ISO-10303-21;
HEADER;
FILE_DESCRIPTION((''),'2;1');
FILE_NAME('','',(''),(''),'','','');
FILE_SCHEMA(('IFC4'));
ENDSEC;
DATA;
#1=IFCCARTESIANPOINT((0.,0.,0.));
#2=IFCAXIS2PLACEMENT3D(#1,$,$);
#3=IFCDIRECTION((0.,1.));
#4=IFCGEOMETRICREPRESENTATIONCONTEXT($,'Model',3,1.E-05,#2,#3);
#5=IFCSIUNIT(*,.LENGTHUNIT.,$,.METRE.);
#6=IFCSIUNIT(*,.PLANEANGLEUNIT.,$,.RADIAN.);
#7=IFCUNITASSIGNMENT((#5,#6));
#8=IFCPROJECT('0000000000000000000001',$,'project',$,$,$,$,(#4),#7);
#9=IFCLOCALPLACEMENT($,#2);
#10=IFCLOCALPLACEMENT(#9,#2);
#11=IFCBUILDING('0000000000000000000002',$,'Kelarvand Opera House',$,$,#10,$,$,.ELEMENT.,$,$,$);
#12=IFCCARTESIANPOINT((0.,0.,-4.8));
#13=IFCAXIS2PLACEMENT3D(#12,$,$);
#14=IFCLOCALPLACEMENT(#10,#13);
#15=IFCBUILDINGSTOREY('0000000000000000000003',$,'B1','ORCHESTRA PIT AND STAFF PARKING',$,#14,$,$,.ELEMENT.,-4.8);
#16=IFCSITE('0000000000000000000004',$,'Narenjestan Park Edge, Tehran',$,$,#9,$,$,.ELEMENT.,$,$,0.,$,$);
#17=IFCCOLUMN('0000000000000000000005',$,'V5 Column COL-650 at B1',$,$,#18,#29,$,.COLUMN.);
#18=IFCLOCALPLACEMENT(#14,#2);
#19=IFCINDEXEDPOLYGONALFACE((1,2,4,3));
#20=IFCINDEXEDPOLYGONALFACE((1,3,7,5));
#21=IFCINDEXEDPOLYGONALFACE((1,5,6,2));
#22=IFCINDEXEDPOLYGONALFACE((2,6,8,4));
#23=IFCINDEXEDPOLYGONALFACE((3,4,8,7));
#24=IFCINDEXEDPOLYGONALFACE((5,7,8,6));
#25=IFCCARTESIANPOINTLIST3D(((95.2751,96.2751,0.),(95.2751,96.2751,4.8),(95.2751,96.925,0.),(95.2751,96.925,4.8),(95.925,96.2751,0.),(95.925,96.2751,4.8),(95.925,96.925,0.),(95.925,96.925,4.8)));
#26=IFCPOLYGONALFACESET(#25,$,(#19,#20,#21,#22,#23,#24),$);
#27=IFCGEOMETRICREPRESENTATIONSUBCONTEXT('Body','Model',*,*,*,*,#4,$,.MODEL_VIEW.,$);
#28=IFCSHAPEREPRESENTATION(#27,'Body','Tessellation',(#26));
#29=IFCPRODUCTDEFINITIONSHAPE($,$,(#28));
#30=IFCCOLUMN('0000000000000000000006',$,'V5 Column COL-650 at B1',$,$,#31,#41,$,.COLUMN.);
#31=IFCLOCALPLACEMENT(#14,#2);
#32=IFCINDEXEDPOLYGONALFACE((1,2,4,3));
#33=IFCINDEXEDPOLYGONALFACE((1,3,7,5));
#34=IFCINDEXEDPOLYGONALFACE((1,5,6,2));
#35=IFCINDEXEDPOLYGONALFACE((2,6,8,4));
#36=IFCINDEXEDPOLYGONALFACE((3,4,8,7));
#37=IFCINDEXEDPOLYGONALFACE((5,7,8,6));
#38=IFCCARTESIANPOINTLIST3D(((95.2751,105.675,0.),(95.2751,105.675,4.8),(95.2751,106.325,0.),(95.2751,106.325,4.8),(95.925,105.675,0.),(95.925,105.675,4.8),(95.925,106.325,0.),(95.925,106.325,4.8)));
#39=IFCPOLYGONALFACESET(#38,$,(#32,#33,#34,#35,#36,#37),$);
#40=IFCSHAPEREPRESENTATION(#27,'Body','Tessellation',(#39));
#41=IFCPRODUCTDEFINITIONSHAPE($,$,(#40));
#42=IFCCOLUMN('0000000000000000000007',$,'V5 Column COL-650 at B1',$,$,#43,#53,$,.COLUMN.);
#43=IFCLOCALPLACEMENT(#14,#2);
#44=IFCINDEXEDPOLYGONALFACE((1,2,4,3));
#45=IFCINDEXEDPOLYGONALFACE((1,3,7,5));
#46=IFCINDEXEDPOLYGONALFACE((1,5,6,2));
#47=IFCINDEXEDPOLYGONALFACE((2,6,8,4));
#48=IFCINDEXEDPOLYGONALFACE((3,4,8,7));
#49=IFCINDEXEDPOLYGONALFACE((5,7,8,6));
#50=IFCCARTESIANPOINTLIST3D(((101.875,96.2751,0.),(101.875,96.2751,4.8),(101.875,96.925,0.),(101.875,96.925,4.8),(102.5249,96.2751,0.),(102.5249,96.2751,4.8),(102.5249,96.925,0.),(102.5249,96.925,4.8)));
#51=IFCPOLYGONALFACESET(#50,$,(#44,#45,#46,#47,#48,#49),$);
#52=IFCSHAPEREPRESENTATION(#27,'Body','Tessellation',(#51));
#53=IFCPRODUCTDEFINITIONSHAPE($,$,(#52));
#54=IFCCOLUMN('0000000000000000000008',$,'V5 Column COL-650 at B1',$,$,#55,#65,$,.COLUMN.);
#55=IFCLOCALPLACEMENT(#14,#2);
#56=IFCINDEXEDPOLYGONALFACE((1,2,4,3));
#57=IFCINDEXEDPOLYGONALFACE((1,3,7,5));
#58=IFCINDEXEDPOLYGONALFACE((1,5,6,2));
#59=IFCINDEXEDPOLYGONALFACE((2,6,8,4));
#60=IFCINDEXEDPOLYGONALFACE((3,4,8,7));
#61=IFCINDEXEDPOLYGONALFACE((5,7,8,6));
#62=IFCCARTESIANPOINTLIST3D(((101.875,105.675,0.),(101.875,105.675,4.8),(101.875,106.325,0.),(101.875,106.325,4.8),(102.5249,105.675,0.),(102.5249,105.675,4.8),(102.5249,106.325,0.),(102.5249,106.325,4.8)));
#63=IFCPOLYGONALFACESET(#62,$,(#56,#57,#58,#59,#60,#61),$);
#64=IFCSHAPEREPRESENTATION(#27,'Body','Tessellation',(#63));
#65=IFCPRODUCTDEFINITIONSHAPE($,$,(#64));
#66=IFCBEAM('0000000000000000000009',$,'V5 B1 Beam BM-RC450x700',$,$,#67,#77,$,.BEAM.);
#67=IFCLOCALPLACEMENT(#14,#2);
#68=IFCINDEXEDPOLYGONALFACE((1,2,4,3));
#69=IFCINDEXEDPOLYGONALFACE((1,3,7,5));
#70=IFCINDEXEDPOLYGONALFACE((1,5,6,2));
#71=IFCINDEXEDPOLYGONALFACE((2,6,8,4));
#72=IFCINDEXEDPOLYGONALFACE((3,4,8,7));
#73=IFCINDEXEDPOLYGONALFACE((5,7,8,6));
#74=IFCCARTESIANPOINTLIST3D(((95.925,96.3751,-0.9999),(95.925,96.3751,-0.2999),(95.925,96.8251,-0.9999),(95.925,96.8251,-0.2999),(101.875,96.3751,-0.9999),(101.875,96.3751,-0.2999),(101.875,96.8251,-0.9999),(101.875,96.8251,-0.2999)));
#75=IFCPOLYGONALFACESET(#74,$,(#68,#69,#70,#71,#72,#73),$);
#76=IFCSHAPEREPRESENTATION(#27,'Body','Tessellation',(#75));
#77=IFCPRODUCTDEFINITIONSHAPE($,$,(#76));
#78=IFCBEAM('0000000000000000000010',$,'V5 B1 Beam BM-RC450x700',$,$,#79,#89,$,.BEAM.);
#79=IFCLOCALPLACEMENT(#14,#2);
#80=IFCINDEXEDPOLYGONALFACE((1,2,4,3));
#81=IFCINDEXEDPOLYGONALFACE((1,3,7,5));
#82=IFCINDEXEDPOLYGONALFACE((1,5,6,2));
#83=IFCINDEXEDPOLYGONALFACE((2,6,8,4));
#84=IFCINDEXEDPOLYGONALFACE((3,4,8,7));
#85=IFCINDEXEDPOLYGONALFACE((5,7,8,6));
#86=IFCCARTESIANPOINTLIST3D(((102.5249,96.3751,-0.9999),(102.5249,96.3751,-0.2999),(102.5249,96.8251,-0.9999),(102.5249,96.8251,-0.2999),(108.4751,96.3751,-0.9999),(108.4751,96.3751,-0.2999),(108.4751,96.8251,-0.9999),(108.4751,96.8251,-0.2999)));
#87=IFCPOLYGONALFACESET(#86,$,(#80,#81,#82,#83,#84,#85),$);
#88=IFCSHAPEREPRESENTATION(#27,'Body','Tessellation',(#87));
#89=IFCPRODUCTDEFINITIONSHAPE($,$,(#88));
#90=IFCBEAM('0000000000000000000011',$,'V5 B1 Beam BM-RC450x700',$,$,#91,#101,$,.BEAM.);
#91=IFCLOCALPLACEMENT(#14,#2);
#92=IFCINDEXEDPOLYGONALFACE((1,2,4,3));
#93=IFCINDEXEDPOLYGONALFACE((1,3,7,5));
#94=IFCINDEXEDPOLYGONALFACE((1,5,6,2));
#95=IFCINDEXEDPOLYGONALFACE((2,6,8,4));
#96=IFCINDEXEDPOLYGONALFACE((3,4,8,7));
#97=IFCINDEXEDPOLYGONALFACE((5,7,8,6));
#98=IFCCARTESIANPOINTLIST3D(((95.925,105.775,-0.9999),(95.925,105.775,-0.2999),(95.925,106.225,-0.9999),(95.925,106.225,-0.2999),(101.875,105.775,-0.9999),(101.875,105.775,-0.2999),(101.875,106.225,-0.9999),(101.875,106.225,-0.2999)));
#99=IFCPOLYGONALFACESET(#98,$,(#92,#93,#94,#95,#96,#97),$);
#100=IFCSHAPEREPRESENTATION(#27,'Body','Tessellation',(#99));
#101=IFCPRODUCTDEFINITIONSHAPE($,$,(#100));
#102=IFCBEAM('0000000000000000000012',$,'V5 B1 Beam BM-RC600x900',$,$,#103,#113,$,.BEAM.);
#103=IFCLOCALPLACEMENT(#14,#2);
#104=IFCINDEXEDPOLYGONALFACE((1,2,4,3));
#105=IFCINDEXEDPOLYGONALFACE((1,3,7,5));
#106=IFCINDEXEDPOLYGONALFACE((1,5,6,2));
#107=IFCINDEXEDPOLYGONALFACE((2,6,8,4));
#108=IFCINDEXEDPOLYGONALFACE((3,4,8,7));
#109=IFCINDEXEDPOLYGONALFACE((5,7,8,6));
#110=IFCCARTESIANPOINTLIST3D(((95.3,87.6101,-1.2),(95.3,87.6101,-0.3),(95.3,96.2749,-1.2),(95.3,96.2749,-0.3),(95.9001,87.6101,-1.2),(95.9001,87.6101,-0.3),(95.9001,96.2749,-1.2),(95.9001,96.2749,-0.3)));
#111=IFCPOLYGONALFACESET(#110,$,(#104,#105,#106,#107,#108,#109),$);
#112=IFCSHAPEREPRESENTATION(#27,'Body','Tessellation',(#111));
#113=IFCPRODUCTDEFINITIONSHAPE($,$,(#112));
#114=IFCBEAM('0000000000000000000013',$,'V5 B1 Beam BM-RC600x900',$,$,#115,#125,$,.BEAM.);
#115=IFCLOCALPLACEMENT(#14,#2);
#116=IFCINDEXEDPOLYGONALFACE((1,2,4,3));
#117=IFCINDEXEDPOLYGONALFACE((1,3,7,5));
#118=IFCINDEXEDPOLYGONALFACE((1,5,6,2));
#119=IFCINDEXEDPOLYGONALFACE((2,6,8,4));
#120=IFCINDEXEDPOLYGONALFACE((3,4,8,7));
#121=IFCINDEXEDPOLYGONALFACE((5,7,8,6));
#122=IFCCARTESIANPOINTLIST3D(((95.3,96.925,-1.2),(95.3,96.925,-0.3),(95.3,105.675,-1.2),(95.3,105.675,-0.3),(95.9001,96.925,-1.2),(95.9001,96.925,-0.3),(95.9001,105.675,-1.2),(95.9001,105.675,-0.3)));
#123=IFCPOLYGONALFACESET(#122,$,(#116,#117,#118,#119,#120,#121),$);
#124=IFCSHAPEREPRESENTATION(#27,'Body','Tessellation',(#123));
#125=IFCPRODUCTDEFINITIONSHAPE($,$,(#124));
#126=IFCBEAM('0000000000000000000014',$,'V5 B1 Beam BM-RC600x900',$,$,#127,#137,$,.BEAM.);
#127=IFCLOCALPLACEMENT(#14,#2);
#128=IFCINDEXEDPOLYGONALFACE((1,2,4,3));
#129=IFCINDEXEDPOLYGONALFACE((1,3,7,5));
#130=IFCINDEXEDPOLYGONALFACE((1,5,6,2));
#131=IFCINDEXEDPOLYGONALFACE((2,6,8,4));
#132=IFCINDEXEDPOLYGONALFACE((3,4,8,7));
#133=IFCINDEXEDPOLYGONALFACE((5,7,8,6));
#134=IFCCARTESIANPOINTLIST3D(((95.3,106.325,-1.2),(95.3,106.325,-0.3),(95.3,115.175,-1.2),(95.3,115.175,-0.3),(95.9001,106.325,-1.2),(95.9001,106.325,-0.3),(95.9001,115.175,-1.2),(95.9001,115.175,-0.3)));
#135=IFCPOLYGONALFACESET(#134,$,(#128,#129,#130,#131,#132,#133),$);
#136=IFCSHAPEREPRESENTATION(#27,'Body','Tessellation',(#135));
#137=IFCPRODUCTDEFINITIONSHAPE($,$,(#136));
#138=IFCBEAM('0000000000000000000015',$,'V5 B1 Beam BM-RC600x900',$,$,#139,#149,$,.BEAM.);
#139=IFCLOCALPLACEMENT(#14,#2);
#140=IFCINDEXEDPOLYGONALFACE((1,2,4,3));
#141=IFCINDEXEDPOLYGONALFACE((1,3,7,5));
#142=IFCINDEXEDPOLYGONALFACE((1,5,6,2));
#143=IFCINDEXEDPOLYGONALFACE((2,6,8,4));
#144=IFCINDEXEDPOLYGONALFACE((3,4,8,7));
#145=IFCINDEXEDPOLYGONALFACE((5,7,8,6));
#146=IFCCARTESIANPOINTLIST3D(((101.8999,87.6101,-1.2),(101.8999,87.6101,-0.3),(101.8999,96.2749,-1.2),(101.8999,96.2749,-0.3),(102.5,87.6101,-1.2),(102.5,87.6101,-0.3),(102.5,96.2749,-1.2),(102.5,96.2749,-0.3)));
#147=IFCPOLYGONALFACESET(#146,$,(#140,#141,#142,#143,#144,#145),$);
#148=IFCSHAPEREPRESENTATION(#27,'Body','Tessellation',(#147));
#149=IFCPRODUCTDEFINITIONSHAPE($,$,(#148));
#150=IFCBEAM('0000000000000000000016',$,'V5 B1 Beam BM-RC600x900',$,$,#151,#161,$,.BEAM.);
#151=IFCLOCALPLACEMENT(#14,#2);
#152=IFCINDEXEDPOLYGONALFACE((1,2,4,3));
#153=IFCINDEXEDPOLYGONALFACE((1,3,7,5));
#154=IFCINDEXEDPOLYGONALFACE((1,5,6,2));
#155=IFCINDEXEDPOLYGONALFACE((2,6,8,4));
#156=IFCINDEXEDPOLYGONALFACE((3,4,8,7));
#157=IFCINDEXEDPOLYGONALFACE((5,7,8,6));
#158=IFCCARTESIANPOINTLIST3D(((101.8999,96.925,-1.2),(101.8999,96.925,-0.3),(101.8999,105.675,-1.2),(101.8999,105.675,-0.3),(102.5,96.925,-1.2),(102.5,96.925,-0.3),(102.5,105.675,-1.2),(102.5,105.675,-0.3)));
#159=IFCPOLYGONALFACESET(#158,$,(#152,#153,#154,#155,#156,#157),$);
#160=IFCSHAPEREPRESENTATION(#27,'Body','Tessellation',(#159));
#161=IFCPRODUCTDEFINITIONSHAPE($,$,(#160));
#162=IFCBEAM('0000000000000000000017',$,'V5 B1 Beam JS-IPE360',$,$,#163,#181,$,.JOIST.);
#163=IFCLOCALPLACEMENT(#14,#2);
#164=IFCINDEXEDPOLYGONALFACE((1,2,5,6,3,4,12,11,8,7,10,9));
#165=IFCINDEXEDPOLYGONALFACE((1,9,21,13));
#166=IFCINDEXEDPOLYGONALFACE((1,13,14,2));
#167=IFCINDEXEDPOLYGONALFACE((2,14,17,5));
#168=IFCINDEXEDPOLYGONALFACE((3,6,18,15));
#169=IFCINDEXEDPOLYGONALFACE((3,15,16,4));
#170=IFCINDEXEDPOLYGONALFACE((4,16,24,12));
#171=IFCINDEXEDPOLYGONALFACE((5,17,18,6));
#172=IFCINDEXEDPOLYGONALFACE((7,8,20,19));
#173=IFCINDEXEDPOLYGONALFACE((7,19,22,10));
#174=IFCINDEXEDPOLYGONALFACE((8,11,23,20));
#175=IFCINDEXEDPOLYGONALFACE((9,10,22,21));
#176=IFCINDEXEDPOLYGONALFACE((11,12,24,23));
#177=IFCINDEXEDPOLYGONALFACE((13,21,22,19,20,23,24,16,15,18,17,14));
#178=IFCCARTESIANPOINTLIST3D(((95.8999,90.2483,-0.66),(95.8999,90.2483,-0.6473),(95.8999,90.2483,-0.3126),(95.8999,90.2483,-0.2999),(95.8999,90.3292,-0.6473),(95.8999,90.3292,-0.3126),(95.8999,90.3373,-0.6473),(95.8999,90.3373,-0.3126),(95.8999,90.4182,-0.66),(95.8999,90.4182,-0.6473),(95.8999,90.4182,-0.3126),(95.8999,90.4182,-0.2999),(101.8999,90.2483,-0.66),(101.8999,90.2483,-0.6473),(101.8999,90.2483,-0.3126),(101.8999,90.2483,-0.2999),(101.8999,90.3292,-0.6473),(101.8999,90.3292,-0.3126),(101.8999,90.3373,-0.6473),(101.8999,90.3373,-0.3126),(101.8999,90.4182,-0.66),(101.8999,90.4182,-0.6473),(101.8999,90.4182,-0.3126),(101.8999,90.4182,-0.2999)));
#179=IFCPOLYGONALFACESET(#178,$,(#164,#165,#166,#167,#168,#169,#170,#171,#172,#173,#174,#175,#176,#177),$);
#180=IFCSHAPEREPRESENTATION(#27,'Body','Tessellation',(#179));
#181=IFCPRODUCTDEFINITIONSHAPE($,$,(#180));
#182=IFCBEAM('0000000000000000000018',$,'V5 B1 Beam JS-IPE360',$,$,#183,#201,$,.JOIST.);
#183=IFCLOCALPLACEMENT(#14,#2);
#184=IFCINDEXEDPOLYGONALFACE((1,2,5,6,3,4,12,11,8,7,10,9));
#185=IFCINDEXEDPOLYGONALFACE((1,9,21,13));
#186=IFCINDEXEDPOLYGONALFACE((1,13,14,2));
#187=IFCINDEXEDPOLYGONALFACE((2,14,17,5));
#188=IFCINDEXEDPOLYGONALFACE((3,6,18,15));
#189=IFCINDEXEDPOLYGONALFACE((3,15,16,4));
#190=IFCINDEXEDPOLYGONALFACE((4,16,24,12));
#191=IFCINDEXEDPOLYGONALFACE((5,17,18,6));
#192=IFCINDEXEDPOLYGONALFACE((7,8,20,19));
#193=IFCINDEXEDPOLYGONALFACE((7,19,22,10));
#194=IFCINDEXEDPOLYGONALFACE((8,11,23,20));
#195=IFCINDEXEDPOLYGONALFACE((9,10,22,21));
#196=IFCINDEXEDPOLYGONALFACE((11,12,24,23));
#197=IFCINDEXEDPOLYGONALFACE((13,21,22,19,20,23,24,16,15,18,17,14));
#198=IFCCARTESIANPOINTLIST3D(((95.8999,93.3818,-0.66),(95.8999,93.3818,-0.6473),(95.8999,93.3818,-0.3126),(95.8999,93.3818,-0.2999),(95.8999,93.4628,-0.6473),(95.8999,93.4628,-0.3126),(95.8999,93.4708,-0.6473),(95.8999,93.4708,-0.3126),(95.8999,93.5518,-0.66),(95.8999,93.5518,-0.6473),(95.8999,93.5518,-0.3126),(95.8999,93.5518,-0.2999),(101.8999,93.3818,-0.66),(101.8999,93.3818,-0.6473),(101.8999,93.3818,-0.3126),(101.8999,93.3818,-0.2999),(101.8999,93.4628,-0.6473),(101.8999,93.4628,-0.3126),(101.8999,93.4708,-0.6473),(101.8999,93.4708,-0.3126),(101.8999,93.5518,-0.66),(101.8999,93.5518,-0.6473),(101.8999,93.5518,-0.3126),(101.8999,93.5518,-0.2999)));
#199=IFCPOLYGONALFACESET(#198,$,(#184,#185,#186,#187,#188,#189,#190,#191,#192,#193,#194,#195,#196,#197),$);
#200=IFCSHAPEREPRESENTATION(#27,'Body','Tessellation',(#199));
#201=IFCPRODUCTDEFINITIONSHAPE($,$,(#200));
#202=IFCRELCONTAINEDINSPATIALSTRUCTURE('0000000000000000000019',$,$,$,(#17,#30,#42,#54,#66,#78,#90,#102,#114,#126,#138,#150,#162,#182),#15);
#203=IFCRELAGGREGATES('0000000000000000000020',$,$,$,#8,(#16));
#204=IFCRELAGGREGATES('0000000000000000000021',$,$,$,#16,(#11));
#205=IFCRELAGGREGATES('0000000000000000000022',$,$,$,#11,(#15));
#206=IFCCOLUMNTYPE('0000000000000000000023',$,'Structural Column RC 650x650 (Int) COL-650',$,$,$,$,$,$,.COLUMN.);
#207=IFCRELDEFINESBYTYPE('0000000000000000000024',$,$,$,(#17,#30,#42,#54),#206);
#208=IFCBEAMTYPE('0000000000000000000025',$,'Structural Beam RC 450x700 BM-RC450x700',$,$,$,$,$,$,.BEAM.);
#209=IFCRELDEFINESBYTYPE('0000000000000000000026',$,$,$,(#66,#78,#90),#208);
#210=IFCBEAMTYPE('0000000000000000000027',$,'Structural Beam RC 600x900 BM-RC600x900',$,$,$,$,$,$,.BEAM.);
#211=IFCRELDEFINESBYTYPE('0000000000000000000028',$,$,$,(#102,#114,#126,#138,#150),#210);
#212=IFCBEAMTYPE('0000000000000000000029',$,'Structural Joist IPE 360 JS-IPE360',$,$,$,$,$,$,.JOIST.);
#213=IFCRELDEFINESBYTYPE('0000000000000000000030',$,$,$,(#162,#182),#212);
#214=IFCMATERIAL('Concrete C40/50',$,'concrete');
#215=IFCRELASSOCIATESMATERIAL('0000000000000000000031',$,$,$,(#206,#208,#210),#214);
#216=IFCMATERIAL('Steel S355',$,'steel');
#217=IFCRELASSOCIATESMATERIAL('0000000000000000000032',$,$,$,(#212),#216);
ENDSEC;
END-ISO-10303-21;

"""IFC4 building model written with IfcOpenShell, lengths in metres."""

from ifc_helpers import new_model, si_unit, direction, frame, origin, origin_2d, place, context, subcontext, project, spatial, rectangle, i_section, extrude, material, material_profile, profile_set, type_object, element, save


model = new_model("IFC4")

# Units and contexts
model_context = context("Model", 3, precision=1e-05, world=origin(), true_north=direction((0.0, 1.0)))
body_context = subcontext(model_context, "Body", "Model", "MODEL_VIEW")
ifc_project = project(units=[si_unit("LENGTHUNIT", "METRE"), si_unit("PLANEANGLEUNIT", "RADIAN")], contexts=[model_context])

# Site, building, storey
site_placement = place(None, origin())
site = spatial("IfcSite", under=ifc_project, at=site_placement, Name="Narenjestan Park Edge, Tehran", CompositionType="ELEMENT", RefElevation=0.0)
building_placement = place(site_placement, origin())
building = spatial("IfcBuilding", under=site, at=building_placement, Name="Kelarvand Opera House", CompositionType="ELEMENT")
storey_placement = place(building_placement, frame((0.0, 0.0, -4.8)))
storey = spatial("IfcBuildingStorey", under=building, at=storey_placement, Name="B1", Description="ORCHESTRA PIT AND STAFF PARKING", CompositionType="ELEMENT", Elevation=-4.8)

# Columns
ifc_material_1 = material(Name="Concrete C40/50", Category="concrete")
ifc_material_profile_1 = material_profile(ifc_material_1, rectangle(XDim=0.6499, YDim=0.6499, at=origin_2d()), Name="RC 650x650", Category="concrete")
ifc_profile_set_1 = profile_set([ifc_material_profile_1], Name="Concrete C40/50")
column_type = type_object("IfcColumnType", Name="Structural Column RC 650x650 (Int) COL-650", PredefinedType="COLUMN", material=ifc_profile_set_1)
for number, where, z_axis, x_axis, name in (
    (1, (95.6001, 96.6001, 0.0), (0.0, 0.0, 1.0), (1.0, 0.0, 0.0), "V5 Column COL-650 at B1"),
    (2, (95.6001, 106.0, 0.0), (0.0, 0.0, 1.0), (1.0, 0.0, 0.0), "V5 Column COL-650 at B1"),
    (3, (102.2, 96.6001, 0.0), (0.0, 0.0, 1.0), (1.0, 0.0, 0.0), "V5 Column COL-650 at B1"),
    (4, (102.2, 106.0, 0.0), (0.0, 0.0, 1.0), (1.0, 0.0, 0.0), "V5 Column COL-650 at B1"),
):
    element("IfcColumn", number, at=place(storey_placement, frame(where, z_axis=z_axis, x_axis=x_axis)), inside=storey, type_object=column_type, Name=name, PredefinedType="COLUMN", context=body_context, shape_type="SweptSolid", body=[
        extrude(rectangle(XDim=0.6499, YDim=0.6499, at=origin_2d()), origin(), (0.0, 0.0, 1.0), 4.8),
    ])

# Beams
ifc_material_profile_2 = material_profile(ifc_material_1, rectangle(XDim=0.45, YDim=0.7, at=origin_2d()), Name="RC 450x700", Category="concrete")
ifc_profile_set_2 = profile_set([ifc_material_profile_2], Name="Concrete C40/50")
beam_type_1 = type_object("IfcBeamType", Name="Structural Beam RC 450x700 BM-RC450x700", PredefinedType="BEAM", material=ifc_profile_set_2)
beam_1_placement = place(storey_placement, frame((95.925, 96.6001, -0.6499), z_axis=(1.0, 0.0, 0.0), x_axis=(0.0, 1.0, 0.0)))
element("IfcBeam", 5, at=beam_1_placement, inside=storey, type_object=beam_type_1, Name="V5 B1 Beam BM-RC450x700", PredefinedType="BEAM", context=body_context, shape_type="SweptSolid", body=[
    extrude(rectangle(XDim=0.45, YDim=0.7, at=origin_2d()), origin(), (0.0, 0.0, 1.0), 5.95),
])
beam_2_placement = place(storey_placement, frame((102.5249, 96.6001, -0.6499), z_axis=(1.0, 0.0, 0.0), x_axis=(0.0, 1.0, 0.0)))
element("IfcBeam", 6, at=beam_2_placement, inside=storey, type_object=beam_type_1, Name="V5 B1 Beam BM-RC450x700", PredefinedType="BEAM", context=body_context, shape_type="SweptSolid", body=[
    extrude(rectangle(XDim=0.45, YDim=0.7, at=origin_2d()), origin(), (0.0, 0.0, 1.0), 5.9502),
])
beam_3_placement = place(storey_placement, frame((95.925, 106.0, -0.6499), z_axis=(1.0, 0.0, 0.0), x_axis=(0.0, 1.0, 0.0)))
element("IfcBeam", 7, at=beam_3_placement, inside=storey, type_object=beam_type_1, Name="V5 B1 Beam BM-RC450x700", PredefinedType="BEAM", context=body_context, shape_type="SweptSolid", body=[
    extrude(rectangle(XDim=0.45, YDim=0.7, at=origin_2d()), origin(), (0.0, 0.0, 1.0), 5.95),
])
ifc_material_profile_3 = material_profile(ifc_material_1, rectangle(XDim=0.6001, YDim=0.8999, at=origin_2d()), Name="RC 600x900", Category="concrete")
ifc_profile_set_3 = profile_set([ifc_material_profile_3], Name="Concrete C40/50")
beam_type_2 = type_object("IfcBeamType", Name="Structural Beam RC 600x900 BM-RC600x900", PredefinedType="BEAM", material=ifc_profile_set_3)
beam_4_placement = place(storey_placement, frame((95.6001, 87.6101, -0.75), z_axis=(0.0, 1.0, 0.0), x_axis=(-1.0, 0.0, 0.0)))
element("IfcBeam", 8, at=beam_4_placement, inside=storey, type_object=beam_type_2, Name="V5 B1 Beam BM-RC600x900", PredefinedType="BEAM", context=body_context, shape_type="SweptSolid", body=[
    extrude(rectangle(XDim=0.6001, YDim=0.8999, at=origin_2d()), origin(), (0.0, 0.0, 1.0), 8.6648),
])
beam_5_placement = place(storey_placement, frame((95.6001, 96.925, -0.75), z_axis=(0.0, 1.0, 0.0), x_axis=(-1.0, 0.0, 0.0)))
element("IfcBeam", 9, at=beam_5_placement, inside=storey, type_object=beam_type_2, Name="V5 B1 Beam BM-RC600x900", PredefinedType="BEAM", context=body_context, shape_type="SweptSolid", body=[
    extrude(rectangle(XDim=0.6001, YDim=0.8999, at=origin_2d()), origin(), (0.0, 0.0, 1.0), 8.75),
])
beam_6_placement = place(storey_placement, frame((95.6001, 106.325, -0.75), z_axis=(0.0, 1.0, 0.0), x_axis=(-1.0, 0.0, 0.0)))
element("IfcBeam", 10, at=beam_6_placement, inside=storey, type_object=beam_type_2, Name="V5 B1 Beam BM-RC600x900", PredefinedType="BEAM", context=body_context, shape_type="SweptSolid", body=[
    extrude(rectangle(XDim=0.6001, YDim=0.8999, at=origin_2d()), origin(), (0.0, 0.0, 1.0), 8.8501),
])
beam_7_placement = place(storey_placement, frame((102.2, 87.6101, -0.75), z_axis=(0.0, 1.0, 0.0), x_axis=(-1.0, 0.0, 0.0)))
element("IfcBeam", 11, at=beam_7_placement, inside=storey, type_object=beam_type_2, Name="V5 B1 Beam BM-RC600x900", PredefinedType="BEAM", context=body_context, shape_type="SweptSolid", body=[
    extrude(rectangle(XDim=0.6001, YDim=0.8999, at=origin_2d()), origin(), (0.0, 0.0, 1.0), 8.6648),
])
beam_8_placement = place(storey_placement, frame((102.2, 96.925, -0.75), z_axis=(0.0, 1.0, 0.0), x_axis=(-1.0, 0.0, 0.0)))
element("IfcBeam", 12, at=beam_8_placement, inside=storey, type_object=beam_type_2, Name="V5 B1 Beam BM-RC600x900", PredefinedType="BEAM", context=body_context, shape_type="SweptSolid", body=[
    extrude(rectangle(XDim=0.6001, YDim=0.8999, at=origin_2d()), origin(), (0.0, 0.0, 1.0), 8.75),
])
ifc_material_2 = material(Name="Steel S355", Category="steel")
ifc_material_profile_4 = material_profile(ifc_material_2, i_section(OverallWidth=0.1699, OverallDepth=0.3601, WebThickness=0.0081, FlangeThickness=0.0127, at=origin_2d()), Name="IPE 360", Category="steel")
ifc_profile_set_4 = profile_set([ifc_material_profile_4], Name="Steel S355")
beam_type_3 = type_object("IfcBeamType", Name="Structural Joist IPE 360 JS-IPE360", PredefinedType="JOIST", material=ifc_profile_set_4)
for number, where, z_axis, x_axis, name in (
    (13, (95.8999, 90.3333, -0.48), (1.0, 0.0, 0.0), (0.0, 1.0, 0.0), "V5 B1 Beam JS-IPE360"),
    (14, (95.8999, 93.4668, -0.48), (1.0, 0.0, 0.0), (0.0, 1.0, 0.0), "V5 B1 Beam JS-IPE360"),
):
    element("IfcBeam", number, at=place(storey_placement, frame(where, z_axis=z_axis, x_axis=x_axis)), inside=storey, type_object=beam_type_3, Name=name, PredefinedType="JOIST", context=body_context, shape_type="SweptSolid", body=[
        extrude(i_section(OverallWidth=0.1699, OverallDepth=0.3601, WebThickness=0.0081, FlangeThickness=0.0127, at=origin_2d()), origin(), (0.0, 0.0, 1.0), 6.0),
    ])

save(model, "model.ifc")
